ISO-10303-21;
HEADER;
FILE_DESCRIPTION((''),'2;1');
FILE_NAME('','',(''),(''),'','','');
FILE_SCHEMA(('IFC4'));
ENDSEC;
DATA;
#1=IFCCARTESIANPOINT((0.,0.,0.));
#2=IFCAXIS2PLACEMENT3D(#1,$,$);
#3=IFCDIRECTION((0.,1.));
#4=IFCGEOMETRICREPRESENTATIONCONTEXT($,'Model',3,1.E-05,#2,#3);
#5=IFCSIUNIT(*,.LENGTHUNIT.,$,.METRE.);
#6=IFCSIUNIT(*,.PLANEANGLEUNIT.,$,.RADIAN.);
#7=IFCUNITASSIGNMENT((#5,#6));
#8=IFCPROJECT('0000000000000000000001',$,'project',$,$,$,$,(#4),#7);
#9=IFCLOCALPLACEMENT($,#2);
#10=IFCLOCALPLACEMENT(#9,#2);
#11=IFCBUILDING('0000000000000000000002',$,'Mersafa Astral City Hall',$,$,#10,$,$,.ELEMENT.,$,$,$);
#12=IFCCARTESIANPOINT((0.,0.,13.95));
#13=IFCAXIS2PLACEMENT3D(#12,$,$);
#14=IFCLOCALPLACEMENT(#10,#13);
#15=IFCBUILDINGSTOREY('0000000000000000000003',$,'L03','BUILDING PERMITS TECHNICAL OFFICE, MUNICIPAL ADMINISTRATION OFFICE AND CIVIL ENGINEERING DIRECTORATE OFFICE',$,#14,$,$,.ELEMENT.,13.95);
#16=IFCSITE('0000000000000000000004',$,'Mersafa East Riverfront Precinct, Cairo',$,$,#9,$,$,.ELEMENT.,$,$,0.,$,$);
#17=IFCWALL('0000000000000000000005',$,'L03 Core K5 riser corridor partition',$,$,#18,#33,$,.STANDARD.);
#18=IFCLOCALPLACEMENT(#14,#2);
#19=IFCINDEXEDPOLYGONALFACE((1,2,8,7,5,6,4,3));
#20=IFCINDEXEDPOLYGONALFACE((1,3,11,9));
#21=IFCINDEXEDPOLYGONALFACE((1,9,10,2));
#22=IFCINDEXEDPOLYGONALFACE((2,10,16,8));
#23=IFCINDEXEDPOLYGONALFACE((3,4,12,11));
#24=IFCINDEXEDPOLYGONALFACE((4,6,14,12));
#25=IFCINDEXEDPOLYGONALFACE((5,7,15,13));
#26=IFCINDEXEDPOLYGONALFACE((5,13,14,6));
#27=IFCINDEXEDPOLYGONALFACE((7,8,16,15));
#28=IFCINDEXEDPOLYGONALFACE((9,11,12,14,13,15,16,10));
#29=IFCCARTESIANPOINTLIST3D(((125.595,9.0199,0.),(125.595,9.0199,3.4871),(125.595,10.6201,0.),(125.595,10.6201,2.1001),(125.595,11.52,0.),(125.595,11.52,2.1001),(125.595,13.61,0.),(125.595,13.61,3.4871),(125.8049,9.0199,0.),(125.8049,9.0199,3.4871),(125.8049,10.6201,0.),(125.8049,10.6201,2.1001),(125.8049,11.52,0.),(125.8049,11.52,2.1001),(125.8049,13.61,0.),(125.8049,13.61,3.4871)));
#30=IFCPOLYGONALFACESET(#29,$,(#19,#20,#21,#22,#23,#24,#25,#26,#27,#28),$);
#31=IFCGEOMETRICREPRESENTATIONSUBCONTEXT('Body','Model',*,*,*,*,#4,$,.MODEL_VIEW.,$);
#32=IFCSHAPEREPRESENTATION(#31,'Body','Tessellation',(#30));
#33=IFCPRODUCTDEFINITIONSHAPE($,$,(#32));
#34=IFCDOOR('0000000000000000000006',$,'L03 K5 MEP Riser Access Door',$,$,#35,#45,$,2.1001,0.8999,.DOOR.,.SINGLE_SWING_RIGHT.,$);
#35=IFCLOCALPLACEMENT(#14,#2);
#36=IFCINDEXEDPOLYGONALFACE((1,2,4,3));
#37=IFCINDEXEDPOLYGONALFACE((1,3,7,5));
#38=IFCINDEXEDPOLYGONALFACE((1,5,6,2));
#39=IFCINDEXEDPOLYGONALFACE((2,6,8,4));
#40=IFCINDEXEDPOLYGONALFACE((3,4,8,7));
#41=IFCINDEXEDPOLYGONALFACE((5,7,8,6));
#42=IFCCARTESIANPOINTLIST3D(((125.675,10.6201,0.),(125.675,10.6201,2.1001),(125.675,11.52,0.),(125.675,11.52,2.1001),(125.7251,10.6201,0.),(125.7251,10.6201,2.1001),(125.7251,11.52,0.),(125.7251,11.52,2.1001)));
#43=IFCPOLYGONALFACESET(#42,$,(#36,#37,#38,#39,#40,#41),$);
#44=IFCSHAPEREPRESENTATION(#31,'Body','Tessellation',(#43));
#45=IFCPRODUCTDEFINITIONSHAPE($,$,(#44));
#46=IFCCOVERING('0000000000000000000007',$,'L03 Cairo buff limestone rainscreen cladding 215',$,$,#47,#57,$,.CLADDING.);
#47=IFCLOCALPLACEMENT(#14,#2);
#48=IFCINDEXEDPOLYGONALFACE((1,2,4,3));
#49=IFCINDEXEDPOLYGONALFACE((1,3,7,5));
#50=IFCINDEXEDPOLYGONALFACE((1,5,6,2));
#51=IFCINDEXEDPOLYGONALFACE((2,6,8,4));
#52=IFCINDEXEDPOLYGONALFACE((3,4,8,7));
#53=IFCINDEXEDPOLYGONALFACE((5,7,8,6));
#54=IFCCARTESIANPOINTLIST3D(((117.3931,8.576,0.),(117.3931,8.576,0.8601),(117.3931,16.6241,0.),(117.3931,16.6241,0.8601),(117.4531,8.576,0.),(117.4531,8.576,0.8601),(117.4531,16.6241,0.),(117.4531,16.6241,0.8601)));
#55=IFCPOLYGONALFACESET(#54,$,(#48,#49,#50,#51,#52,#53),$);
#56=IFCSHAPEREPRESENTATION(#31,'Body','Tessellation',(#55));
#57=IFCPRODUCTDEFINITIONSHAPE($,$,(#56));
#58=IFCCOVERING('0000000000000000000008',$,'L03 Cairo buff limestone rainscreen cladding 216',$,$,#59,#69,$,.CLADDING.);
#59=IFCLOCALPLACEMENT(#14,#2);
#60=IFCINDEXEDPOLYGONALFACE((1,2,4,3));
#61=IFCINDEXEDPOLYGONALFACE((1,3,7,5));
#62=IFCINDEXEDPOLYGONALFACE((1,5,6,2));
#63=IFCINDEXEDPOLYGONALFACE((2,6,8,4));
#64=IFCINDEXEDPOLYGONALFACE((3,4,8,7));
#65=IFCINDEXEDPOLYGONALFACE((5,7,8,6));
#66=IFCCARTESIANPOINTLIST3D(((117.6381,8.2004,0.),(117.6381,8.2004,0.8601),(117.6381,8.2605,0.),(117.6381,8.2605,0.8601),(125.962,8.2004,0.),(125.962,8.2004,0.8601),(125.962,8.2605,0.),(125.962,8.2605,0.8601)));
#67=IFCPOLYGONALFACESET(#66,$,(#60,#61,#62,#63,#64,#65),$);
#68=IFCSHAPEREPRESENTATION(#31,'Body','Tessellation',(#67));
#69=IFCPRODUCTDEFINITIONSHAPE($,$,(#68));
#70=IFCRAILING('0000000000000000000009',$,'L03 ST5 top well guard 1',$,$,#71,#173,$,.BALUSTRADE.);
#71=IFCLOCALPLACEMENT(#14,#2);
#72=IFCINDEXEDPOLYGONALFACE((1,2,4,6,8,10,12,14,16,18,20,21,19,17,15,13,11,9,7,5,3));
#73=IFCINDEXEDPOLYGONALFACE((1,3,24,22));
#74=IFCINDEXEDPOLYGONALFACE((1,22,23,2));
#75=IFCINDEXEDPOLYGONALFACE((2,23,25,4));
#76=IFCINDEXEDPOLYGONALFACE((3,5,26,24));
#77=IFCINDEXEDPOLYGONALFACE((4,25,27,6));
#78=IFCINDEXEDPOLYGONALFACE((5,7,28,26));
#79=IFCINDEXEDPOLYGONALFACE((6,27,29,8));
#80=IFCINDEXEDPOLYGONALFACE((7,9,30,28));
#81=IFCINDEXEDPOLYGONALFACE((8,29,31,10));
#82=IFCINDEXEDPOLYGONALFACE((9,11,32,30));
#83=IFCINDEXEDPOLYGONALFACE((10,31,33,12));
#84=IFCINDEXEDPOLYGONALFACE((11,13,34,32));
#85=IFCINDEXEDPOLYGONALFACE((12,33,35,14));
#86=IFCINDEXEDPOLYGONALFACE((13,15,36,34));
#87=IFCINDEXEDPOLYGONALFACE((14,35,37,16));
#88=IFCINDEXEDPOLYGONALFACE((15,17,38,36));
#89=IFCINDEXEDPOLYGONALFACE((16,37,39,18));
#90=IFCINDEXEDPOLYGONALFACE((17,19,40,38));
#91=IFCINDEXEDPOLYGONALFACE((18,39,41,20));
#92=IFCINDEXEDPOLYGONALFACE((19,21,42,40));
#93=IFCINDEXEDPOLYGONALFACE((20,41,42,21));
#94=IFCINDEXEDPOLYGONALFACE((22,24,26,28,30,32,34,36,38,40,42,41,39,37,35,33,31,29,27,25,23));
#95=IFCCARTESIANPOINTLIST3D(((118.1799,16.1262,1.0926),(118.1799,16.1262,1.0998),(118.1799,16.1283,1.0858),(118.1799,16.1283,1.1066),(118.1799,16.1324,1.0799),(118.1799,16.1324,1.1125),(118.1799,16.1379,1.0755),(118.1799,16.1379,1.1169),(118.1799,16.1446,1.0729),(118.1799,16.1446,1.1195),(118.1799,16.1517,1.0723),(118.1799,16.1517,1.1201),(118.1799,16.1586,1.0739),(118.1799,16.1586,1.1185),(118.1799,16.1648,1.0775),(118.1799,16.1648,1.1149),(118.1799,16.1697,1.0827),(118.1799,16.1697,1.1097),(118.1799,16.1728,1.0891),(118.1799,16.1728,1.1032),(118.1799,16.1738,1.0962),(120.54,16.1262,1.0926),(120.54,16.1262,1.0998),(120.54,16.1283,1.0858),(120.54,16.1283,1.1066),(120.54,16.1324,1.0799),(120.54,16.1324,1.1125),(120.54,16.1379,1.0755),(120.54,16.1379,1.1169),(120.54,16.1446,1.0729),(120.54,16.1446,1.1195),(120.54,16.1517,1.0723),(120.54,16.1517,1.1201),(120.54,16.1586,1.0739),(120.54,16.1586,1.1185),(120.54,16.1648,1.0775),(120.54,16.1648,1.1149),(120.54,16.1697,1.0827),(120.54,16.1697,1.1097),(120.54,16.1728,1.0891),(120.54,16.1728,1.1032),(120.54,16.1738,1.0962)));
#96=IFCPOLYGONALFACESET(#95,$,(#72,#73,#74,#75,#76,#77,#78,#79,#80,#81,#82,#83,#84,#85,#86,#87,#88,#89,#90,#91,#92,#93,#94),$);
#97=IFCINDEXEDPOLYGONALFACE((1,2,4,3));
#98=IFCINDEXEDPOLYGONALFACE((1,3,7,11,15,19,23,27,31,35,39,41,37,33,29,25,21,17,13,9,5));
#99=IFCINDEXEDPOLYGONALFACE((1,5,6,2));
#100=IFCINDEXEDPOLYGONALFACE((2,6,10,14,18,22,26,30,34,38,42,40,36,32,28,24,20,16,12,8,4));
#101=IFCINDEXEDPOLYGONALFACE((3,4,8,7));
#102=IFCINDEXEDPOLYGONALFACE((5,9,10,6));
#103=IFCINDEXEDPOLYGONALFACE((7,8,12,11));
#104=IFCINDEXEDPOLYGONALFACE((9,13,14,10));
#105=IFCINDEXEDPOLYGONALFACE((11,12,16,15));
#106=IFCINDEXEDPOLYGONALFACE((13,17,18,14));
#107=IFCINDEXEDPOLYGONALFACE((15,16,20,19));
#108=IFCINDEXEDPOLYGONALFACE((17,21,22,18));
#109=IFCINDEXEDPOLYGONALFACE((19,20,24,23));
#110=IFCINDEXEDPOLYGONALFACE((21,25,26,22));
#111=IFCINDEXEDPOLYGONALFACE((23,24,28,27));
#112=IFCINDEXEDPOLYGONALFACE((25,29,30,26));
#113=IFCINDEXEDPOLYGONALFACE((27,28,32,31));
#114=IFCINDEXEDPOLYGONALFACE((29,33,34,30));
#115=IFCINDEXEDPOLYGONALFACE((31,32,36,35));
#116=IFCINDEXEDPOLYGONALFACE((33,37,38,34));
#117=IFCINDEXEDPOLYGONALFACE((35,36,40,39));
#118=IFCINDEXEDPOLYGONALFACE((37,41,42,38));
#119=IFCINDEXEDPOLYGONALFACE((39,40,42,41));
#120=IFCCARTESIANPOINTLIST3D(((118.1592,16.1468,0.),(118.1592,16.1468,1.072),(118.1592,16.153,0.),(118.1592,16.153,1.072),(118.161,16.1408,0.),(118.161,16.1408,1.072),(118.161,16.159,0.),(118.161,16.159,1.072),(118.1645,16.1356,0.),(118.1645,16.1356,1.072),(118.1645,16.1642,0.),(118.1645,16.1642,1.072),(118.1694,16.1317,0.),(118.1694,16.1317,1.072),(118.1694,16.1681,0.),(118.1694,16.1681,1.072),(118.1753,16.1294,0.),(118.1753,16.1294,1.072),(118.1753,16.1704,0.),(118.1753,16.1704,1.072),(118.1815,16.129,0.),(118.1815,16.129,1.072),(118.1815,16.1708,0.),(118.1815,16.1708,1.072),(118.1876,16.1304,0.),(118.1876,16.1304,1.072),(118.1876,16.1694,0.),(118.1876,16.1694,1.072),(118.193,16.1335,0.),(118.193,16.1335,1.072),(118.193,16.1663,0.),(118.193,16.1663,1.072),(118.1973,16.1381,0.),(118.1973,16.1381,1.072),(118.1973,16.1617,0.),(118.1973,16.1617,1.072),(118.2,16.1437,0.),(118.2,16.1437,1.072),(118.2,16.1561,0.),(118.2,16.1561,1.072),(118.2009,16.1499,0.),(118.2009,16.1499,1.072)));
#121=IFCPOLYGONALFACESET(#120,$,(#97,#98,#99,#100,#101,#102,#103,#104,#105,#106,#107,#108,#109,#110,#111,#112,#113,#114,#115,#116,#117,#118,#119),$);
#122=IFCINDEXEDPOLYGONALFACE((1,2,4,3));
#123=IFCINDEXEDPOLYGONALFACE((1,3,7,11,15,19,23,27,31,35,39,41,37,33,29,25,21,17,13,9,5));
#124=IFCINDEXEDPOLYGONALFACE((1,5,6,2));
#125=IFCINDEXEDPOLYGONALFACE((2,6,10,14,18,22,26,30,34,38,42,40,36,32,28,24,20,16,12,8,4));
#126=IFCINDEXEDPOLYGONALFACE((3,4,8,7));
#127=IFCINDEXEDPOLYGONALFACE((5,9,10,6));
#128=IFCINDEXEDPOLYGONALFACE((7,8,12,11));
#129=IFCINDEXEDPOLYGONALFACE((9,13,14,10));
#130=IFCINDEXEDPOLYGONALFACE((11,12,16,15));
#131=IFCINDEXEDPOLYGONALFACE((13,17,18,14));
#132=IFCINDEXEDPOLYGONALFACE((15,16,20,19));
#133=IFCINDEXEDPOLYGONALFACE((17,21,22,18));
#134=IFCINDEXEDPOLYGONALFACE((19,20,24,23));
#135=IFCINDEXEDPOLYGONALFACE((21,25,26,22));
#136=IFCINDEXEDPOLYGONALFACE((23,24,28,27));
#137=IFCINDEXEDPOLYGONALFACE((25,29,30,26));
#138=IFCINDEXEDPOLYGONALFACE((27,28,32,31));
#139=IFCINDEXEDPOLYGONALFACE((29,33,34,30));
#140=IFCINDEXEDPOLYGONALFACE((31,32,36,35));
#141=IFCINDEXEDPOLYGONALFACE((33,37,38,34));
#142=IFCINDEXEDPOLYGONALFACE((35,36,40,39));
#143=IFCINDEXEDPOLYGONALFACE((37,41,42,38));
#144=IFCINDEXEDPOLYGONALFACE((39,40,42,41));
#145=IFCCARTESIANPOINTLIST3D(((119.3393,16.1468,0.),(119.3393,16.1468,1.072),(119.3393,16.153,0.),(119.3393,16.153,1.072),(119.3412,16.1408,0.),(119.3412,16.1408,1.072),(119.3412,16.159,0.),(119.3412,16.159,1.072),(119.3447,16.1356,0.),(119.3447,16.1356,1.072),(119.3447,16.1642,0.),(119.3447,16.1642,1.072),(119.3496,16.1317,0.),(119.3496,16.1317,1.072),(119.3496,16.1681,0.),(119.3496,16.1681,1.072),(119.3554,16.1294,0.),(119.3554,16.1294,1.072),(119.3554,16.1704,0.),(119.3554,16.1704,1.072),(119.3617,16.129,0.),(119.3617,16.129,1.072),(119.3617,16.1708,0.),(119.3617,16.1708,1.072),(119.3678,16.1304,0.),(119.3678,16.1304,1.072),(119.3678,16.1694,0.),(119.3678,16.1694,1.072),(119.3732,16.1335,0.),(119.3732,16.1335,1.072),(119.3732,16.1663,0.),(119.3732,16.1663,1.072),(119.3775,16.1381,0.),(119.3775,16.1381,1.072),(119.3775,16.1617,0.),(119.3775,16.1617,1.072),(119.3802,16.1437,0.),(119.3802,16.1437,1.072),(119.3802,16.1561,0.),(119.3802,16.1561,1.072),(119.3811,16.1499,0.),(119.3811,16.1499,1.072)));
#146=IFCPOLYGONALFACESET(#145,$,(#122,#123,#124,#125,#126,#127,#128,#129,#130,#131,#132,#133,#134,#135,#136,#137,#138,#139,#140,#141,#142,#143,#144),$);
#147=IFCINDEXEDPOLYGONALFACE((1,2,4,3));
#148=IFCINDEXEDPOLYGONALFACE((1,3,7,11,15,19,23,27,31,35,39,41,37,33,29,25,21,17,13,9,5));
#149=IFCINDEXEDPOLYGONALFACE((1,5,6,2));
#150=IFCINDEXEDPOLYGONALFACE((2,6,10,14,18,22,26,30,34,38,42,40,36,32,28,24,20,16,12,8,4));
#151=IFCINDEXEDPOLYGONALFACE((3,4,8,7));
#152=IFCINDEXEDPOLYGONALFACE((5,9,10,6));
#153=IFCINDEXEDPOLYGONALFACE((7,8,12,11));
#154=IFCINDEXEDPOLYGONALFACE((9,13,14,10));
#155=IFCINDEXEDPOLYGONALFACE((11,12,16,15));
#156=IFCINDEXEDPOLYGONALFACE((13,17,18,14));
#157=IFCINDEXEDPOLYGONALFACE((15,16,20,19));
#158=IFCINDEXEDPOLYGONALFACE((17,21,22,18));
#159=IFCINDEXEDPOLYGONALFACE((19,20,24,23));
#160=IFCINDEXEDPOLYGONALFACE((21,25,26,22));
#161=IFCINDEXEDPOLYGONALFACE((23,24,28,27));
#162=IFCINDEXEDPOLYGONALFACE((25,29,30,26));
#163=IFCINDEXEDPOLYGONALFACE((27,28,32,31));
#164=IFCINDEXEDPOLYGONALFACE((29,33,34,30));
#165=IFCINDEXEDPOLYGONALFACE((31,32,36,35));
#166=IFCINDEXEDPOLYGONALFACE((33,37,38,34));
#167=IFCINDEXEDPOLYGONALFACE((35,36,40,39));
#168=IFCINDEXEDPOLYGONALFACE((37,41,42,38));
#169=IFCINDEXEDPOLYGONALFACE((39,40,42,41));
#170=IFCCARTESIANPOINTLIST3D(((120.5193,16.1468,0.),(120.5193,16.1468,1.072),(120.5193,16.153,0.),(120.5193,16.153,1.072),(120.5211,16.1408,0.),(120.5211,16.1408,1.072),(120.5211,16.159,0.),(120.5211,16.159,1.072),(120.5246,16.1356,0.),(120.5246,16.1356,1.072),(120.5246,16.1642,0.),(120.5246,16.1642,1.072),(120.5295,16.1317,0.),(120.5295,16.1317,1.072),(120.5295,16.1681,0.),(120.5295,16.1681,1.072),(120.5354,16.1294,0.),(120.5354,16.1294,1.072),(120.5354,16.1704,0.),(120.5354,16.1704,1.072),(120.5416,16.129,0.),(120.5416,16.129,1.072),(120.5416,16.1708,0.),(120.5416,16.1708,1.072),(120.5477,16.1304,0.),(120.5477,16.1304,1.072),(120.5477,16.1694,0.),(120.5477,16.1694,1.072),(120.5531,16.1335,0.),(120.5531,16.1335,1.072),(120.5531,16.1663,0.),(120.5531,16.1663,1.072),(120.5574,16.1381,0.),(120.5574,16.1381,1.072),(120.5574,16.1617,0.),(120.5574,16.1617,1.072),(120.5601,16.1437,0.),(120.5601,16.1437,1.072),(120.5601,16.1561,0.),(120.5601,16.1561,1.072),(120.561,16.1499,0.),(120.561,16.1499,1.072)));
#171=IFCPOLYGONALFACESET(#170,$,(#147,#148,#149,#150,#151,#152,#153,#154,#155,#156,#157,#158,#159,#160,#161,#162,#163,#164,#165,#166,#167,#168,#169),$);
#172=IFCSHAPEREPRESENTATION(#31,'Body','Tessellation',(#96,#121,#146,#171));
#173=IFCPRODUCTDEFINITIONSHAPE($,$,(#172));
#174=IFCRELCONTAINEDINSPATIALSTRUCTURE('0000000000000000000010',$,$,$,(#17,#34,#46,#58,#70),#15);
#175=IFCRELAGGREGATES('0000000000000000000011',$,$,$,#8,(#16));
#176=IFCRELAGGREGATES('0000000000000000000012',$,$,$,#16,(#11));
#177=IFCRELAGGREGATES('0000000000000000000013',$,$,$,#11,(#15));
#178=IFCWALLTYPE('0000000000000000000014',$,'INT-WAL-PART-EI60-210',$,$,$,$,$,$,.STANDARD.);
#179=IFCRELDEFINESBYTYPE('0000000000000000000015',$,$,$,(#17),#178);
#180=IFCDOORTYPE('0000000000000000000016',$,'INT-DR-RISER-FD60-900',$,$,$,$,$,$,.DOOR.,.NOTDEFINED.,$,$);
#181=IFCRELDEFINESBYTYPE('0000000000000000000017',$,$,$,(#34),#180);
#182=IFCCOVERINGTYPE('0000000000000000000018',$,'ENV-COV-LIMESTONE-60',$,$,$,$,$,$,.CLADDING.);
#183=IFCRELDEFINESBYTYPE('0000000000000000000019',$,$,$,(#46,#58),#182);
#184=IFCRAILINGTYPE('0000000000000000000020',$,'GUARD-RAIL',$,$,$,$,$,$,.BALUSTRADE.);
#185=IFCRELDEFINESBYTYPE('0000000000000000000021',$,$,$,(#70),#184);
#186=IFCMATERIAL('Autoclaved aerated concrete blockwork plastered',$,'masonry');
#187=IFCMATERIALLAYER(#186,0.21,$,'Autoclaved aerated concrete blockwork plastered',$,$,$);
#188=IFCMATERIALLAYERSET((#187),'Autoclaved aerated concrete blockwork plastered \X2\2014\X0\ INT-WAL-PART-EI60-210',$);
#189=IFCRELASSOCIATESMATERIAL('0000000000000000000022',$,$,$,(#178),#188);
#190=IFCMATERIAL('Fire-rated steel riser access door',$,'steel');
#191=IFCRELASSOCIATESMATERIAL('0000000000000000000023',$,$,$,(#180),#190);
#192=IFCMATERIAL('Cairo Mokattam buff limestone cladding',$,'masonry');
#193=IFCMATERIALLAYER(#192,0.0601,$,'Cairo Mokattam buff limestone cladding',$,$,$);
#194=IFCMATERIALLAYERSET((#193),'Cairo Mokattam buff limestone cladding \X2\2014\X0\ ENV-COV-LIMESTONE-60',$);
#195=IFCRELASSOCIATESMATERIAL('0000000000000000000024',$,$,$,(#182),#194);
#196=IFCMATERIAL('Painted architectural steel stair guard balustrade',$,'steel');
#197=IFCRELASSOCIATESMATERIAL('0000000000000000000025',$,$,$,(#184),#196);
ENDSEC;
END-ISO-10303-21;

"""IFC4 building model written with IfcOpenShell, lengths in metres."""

from ifc_helpers import new_model, si_unit, direction, frame, frame_2d, origin, origin_2d, place, context, subcontext, project, spatial, rectangle, circle, extrude, material, layer, layer_set, type_object, element, fill, save


model = new_model("IFC4")

# Units and contexts
model_context = context("Model", 3, precision=1e-05, world=origin(), true_north=direction((0.0, 1.0)))
body_context = subcontext(model_context, "Body", "Model", "MODEL_VIEW")
ifc_project = project(units=[si_unit("LENGTHUNIT", "METRE"), si_unit("PLANEANGLEUNIT", "RADIAN")], contexts=[model_context])

# Site, building, storey
site_placement = place(None, origin())
site = spatial("IfcSite", under=ifc_project, at=site_placement, Name="Mersafa East Riverfront Precinct, Cairo", CompositionType="ELEMENT", RefElevation=0.0)
building_placement = place(site_placement, origin())
building = spatial("IfcBuilding", under=site, at=building_placement, Name="Mersafa Astral City Hall", CompositionType="ELEMENT")
storey_placement = place(building_placement, frame((0.0, 0.0, 13.95)))
storey = spatial("IfcBuildingStorey", under=building, at=storey_placement, Name="L03", Description="BUILDING PERMITS TECHNICAL OFFICE, MUNICIPAL ADMINISTRATION OFFICE AND CIVIL ENGINEERING DIRECTORATE OFFICE", CompositionType="ELEMENT", Elevation=13.95)

# Wall, opening, door
ifc_material_1 = material(Name="Autoclaved aerated concrete blockwork plastered", Category="masonry")
ifc_layer_1 = layer(ifc_material_1, 0.21, Name="Autoclaved aerated concrete blockwork plastered")
ifc_layer_set_1 = layer_set([ifc_layer_1], Name="Autoclaved aerated concrete blockwork plastered — INT-WAL-PART-EI60-210")
wall_type_1 = type_object("IfcWallType", Name="INT-WAL-PART-EI60-210", PredefinedType="STANDARD", material=ifc_layer_set_1)
wall_1_placement = place(storey_placement, frame((125.7, 9.02, 0.0), z_axis=(0.0, 0.0, 1.0), x_axis=(0.0, 1.0, 0.0)))
wall_1 = element("IfcWall", 1, at=wall_1_placement, inside=storey, type_object=wall_type_1, Name="L03 Core K5 riser corridor partition", PredefinedType="STANDARD", context=body_context, shape_type="SweptSolid", body=[
    extrude(rectangle(XDim=4.5901, YDim=0.21, at=frame_2d((2.2949, 0.0))), origin(), (0.0, 0.0, 1.0), 3.4871),
])
opening_1_placement = place(wall_1_placement, frame((1.6001, 0.0, 0.0)))
opening_1 = element("IfcOpeningElement", 2, at=opening_1_placement, cuts=wall_1, PredefinedType="OPENING", context=body_context, shape_type="SweptSolid", body=[
    extrude(rectangle(XDim=0.8999, YDim=2.1001, at=frame_2d((0.45, 1.05))), frame((0.0, 0.115, 0.0), z_axis=(0.0, -1.0, 0.0), x_axis=(1.0, 0.0, 0.0)), (0.0, 0.0, 1.0), 0.23),
])
ifc_material_2 = material(Name="Fire-rated steel riser access door", Category="steel")
door_type_1 = type_object("IfcDoorType", Name="INT-DR-RISER-FD60-900", OperationType="NOTDEFINED", PredefinedType="DOOR", material=ifc_material_2)
door_1_placement = place(opening_1_placement, origin())
door_1 = element("IfcDoor", 3, at=door_1_placement, inside=storey, type_object=door_type_1, Name="L03 K5 MEP Riser Access Door", OperationType="SINGLE_SWING_RIGHT", OverallHeight=2.1001, OverallWidth=0.8999, PredefinedType="DOOR", context=body_context, shape_type="SweptSolid", body=[
    extrude(rectangle(XDim=0.8999, YDim=2.1001, at=frame_2d((0.45, 1.05))), frame((0.0, 0.0249, 0.0), z_axis=(0.0, -1.0, 0.0), x_axis=(1.0, 0.0, 0.0)), (0.0, 0.0, 1.0), 0.05),
])
fill(opening_1, door_1)

# Coverings
ifc_material_3 = material(Name="Cairo Mokattam buff limestone cladding", Category="masonry")
ifc_layer_2 = layer(ifc_material_3, 0.0601, Name="Cairo Mokattam buff limestone cladding")
ifc_layer_set_2 = layer_set([ifc_layer_2], Name="Cairo Mokattam buff limestone cladding — ENV-COV-LIMESTONE-60")
covering_type = type_object("IfcCoveringType", Name="ENV-COV-LIMESTONE-60", PredefinedType="CLADDING", material=ifc_layer_set_2)
covering_1_placement = place(storey_placement, frame((117.4231, 12.6001, 0.0), z_axis=(0.0, 0.0, 1.0), x_axis=(0.0, -1.0, 0.0)))
element("IfcCovering", 4, at=covering_1_placement, inside=storey, type_object=covering_type, Name="L03 Cairo buff limestone rainscreen cladding 215", PredefinedType="CLADDING", context=body_context, shape_type="SweptSolid", body=[
    extrude(rectangle(XDim=8.0481, YDim=0.0601, at=origin_2d()), origin(), (0.0, 0.0, 1.0), 0.8601),
])
covering_2_placement = place(storey_placement, frame((121.8, 8.2305, 0.0), z_axis=(0.0, 0.0, 1.0), x_axis=(1.0, 0.0, 0.0)))
element("IfcCovering", 5, at=covering_2_placement, inside=storey, type_object=covering_type, Name="L03 Cairo buff limestone rainscreen cladding 216", PredefinedType="CLADDING", context=body_context, shape_type="SweptSolid", body=[
    extrude(rectangle(XDim=8.324, YDim=0.0601, at=origin_2d()), origin(), (0.0, 0.0, 1.0), 0.8601),
])

# Railing
ifc_material_4 = material(Name="Painted architectural steel stair guard balustrade", Category="steel")
railing_type = type_object("IfcRailingType", Name="GUARD-RAIL", PredefinedType="BALUSTRADE", material=ifc_material_4)
railing_1_placement = place(storey_placement, frame((118.1799, 16.1499, 0.0)))
element("IfcRailing", 6, at=railing_1_placement, inside=storey, type_object=railing_type, Name="L03 ST5 top well guard 1", PredefinedType="BALUSTRADE", context=body_context, shape_type="SweptSolid", body=[
    extrude(circle(Radius=0.0239, at=origin_2d()), frame((0.0, 0.0, 1.0962), z_axis=(1.0, 0.0, 0.0), x_axis=(0.0, 1.0, 0.0)), (0.0, 0.0, 1.0), 2.3601),
    extrude(circle(Radius=0.021, at=origin_2d()), origin(), (0.0, 0.0, 1.0), 1.072),
    extrude(circle(Radius=0.021, at=origin_2d()), frame((1.1802, 0.0, 0.0)), (0.0, 0.0, 1.0), 1.072),
    extrude(circle(Radius=0.021, at=origin_2d()), frame((2.3601, 0.0, 0.0)), (0.0, 0.0, 1.0), 1.072),
])

save(model, "model.ifc")
